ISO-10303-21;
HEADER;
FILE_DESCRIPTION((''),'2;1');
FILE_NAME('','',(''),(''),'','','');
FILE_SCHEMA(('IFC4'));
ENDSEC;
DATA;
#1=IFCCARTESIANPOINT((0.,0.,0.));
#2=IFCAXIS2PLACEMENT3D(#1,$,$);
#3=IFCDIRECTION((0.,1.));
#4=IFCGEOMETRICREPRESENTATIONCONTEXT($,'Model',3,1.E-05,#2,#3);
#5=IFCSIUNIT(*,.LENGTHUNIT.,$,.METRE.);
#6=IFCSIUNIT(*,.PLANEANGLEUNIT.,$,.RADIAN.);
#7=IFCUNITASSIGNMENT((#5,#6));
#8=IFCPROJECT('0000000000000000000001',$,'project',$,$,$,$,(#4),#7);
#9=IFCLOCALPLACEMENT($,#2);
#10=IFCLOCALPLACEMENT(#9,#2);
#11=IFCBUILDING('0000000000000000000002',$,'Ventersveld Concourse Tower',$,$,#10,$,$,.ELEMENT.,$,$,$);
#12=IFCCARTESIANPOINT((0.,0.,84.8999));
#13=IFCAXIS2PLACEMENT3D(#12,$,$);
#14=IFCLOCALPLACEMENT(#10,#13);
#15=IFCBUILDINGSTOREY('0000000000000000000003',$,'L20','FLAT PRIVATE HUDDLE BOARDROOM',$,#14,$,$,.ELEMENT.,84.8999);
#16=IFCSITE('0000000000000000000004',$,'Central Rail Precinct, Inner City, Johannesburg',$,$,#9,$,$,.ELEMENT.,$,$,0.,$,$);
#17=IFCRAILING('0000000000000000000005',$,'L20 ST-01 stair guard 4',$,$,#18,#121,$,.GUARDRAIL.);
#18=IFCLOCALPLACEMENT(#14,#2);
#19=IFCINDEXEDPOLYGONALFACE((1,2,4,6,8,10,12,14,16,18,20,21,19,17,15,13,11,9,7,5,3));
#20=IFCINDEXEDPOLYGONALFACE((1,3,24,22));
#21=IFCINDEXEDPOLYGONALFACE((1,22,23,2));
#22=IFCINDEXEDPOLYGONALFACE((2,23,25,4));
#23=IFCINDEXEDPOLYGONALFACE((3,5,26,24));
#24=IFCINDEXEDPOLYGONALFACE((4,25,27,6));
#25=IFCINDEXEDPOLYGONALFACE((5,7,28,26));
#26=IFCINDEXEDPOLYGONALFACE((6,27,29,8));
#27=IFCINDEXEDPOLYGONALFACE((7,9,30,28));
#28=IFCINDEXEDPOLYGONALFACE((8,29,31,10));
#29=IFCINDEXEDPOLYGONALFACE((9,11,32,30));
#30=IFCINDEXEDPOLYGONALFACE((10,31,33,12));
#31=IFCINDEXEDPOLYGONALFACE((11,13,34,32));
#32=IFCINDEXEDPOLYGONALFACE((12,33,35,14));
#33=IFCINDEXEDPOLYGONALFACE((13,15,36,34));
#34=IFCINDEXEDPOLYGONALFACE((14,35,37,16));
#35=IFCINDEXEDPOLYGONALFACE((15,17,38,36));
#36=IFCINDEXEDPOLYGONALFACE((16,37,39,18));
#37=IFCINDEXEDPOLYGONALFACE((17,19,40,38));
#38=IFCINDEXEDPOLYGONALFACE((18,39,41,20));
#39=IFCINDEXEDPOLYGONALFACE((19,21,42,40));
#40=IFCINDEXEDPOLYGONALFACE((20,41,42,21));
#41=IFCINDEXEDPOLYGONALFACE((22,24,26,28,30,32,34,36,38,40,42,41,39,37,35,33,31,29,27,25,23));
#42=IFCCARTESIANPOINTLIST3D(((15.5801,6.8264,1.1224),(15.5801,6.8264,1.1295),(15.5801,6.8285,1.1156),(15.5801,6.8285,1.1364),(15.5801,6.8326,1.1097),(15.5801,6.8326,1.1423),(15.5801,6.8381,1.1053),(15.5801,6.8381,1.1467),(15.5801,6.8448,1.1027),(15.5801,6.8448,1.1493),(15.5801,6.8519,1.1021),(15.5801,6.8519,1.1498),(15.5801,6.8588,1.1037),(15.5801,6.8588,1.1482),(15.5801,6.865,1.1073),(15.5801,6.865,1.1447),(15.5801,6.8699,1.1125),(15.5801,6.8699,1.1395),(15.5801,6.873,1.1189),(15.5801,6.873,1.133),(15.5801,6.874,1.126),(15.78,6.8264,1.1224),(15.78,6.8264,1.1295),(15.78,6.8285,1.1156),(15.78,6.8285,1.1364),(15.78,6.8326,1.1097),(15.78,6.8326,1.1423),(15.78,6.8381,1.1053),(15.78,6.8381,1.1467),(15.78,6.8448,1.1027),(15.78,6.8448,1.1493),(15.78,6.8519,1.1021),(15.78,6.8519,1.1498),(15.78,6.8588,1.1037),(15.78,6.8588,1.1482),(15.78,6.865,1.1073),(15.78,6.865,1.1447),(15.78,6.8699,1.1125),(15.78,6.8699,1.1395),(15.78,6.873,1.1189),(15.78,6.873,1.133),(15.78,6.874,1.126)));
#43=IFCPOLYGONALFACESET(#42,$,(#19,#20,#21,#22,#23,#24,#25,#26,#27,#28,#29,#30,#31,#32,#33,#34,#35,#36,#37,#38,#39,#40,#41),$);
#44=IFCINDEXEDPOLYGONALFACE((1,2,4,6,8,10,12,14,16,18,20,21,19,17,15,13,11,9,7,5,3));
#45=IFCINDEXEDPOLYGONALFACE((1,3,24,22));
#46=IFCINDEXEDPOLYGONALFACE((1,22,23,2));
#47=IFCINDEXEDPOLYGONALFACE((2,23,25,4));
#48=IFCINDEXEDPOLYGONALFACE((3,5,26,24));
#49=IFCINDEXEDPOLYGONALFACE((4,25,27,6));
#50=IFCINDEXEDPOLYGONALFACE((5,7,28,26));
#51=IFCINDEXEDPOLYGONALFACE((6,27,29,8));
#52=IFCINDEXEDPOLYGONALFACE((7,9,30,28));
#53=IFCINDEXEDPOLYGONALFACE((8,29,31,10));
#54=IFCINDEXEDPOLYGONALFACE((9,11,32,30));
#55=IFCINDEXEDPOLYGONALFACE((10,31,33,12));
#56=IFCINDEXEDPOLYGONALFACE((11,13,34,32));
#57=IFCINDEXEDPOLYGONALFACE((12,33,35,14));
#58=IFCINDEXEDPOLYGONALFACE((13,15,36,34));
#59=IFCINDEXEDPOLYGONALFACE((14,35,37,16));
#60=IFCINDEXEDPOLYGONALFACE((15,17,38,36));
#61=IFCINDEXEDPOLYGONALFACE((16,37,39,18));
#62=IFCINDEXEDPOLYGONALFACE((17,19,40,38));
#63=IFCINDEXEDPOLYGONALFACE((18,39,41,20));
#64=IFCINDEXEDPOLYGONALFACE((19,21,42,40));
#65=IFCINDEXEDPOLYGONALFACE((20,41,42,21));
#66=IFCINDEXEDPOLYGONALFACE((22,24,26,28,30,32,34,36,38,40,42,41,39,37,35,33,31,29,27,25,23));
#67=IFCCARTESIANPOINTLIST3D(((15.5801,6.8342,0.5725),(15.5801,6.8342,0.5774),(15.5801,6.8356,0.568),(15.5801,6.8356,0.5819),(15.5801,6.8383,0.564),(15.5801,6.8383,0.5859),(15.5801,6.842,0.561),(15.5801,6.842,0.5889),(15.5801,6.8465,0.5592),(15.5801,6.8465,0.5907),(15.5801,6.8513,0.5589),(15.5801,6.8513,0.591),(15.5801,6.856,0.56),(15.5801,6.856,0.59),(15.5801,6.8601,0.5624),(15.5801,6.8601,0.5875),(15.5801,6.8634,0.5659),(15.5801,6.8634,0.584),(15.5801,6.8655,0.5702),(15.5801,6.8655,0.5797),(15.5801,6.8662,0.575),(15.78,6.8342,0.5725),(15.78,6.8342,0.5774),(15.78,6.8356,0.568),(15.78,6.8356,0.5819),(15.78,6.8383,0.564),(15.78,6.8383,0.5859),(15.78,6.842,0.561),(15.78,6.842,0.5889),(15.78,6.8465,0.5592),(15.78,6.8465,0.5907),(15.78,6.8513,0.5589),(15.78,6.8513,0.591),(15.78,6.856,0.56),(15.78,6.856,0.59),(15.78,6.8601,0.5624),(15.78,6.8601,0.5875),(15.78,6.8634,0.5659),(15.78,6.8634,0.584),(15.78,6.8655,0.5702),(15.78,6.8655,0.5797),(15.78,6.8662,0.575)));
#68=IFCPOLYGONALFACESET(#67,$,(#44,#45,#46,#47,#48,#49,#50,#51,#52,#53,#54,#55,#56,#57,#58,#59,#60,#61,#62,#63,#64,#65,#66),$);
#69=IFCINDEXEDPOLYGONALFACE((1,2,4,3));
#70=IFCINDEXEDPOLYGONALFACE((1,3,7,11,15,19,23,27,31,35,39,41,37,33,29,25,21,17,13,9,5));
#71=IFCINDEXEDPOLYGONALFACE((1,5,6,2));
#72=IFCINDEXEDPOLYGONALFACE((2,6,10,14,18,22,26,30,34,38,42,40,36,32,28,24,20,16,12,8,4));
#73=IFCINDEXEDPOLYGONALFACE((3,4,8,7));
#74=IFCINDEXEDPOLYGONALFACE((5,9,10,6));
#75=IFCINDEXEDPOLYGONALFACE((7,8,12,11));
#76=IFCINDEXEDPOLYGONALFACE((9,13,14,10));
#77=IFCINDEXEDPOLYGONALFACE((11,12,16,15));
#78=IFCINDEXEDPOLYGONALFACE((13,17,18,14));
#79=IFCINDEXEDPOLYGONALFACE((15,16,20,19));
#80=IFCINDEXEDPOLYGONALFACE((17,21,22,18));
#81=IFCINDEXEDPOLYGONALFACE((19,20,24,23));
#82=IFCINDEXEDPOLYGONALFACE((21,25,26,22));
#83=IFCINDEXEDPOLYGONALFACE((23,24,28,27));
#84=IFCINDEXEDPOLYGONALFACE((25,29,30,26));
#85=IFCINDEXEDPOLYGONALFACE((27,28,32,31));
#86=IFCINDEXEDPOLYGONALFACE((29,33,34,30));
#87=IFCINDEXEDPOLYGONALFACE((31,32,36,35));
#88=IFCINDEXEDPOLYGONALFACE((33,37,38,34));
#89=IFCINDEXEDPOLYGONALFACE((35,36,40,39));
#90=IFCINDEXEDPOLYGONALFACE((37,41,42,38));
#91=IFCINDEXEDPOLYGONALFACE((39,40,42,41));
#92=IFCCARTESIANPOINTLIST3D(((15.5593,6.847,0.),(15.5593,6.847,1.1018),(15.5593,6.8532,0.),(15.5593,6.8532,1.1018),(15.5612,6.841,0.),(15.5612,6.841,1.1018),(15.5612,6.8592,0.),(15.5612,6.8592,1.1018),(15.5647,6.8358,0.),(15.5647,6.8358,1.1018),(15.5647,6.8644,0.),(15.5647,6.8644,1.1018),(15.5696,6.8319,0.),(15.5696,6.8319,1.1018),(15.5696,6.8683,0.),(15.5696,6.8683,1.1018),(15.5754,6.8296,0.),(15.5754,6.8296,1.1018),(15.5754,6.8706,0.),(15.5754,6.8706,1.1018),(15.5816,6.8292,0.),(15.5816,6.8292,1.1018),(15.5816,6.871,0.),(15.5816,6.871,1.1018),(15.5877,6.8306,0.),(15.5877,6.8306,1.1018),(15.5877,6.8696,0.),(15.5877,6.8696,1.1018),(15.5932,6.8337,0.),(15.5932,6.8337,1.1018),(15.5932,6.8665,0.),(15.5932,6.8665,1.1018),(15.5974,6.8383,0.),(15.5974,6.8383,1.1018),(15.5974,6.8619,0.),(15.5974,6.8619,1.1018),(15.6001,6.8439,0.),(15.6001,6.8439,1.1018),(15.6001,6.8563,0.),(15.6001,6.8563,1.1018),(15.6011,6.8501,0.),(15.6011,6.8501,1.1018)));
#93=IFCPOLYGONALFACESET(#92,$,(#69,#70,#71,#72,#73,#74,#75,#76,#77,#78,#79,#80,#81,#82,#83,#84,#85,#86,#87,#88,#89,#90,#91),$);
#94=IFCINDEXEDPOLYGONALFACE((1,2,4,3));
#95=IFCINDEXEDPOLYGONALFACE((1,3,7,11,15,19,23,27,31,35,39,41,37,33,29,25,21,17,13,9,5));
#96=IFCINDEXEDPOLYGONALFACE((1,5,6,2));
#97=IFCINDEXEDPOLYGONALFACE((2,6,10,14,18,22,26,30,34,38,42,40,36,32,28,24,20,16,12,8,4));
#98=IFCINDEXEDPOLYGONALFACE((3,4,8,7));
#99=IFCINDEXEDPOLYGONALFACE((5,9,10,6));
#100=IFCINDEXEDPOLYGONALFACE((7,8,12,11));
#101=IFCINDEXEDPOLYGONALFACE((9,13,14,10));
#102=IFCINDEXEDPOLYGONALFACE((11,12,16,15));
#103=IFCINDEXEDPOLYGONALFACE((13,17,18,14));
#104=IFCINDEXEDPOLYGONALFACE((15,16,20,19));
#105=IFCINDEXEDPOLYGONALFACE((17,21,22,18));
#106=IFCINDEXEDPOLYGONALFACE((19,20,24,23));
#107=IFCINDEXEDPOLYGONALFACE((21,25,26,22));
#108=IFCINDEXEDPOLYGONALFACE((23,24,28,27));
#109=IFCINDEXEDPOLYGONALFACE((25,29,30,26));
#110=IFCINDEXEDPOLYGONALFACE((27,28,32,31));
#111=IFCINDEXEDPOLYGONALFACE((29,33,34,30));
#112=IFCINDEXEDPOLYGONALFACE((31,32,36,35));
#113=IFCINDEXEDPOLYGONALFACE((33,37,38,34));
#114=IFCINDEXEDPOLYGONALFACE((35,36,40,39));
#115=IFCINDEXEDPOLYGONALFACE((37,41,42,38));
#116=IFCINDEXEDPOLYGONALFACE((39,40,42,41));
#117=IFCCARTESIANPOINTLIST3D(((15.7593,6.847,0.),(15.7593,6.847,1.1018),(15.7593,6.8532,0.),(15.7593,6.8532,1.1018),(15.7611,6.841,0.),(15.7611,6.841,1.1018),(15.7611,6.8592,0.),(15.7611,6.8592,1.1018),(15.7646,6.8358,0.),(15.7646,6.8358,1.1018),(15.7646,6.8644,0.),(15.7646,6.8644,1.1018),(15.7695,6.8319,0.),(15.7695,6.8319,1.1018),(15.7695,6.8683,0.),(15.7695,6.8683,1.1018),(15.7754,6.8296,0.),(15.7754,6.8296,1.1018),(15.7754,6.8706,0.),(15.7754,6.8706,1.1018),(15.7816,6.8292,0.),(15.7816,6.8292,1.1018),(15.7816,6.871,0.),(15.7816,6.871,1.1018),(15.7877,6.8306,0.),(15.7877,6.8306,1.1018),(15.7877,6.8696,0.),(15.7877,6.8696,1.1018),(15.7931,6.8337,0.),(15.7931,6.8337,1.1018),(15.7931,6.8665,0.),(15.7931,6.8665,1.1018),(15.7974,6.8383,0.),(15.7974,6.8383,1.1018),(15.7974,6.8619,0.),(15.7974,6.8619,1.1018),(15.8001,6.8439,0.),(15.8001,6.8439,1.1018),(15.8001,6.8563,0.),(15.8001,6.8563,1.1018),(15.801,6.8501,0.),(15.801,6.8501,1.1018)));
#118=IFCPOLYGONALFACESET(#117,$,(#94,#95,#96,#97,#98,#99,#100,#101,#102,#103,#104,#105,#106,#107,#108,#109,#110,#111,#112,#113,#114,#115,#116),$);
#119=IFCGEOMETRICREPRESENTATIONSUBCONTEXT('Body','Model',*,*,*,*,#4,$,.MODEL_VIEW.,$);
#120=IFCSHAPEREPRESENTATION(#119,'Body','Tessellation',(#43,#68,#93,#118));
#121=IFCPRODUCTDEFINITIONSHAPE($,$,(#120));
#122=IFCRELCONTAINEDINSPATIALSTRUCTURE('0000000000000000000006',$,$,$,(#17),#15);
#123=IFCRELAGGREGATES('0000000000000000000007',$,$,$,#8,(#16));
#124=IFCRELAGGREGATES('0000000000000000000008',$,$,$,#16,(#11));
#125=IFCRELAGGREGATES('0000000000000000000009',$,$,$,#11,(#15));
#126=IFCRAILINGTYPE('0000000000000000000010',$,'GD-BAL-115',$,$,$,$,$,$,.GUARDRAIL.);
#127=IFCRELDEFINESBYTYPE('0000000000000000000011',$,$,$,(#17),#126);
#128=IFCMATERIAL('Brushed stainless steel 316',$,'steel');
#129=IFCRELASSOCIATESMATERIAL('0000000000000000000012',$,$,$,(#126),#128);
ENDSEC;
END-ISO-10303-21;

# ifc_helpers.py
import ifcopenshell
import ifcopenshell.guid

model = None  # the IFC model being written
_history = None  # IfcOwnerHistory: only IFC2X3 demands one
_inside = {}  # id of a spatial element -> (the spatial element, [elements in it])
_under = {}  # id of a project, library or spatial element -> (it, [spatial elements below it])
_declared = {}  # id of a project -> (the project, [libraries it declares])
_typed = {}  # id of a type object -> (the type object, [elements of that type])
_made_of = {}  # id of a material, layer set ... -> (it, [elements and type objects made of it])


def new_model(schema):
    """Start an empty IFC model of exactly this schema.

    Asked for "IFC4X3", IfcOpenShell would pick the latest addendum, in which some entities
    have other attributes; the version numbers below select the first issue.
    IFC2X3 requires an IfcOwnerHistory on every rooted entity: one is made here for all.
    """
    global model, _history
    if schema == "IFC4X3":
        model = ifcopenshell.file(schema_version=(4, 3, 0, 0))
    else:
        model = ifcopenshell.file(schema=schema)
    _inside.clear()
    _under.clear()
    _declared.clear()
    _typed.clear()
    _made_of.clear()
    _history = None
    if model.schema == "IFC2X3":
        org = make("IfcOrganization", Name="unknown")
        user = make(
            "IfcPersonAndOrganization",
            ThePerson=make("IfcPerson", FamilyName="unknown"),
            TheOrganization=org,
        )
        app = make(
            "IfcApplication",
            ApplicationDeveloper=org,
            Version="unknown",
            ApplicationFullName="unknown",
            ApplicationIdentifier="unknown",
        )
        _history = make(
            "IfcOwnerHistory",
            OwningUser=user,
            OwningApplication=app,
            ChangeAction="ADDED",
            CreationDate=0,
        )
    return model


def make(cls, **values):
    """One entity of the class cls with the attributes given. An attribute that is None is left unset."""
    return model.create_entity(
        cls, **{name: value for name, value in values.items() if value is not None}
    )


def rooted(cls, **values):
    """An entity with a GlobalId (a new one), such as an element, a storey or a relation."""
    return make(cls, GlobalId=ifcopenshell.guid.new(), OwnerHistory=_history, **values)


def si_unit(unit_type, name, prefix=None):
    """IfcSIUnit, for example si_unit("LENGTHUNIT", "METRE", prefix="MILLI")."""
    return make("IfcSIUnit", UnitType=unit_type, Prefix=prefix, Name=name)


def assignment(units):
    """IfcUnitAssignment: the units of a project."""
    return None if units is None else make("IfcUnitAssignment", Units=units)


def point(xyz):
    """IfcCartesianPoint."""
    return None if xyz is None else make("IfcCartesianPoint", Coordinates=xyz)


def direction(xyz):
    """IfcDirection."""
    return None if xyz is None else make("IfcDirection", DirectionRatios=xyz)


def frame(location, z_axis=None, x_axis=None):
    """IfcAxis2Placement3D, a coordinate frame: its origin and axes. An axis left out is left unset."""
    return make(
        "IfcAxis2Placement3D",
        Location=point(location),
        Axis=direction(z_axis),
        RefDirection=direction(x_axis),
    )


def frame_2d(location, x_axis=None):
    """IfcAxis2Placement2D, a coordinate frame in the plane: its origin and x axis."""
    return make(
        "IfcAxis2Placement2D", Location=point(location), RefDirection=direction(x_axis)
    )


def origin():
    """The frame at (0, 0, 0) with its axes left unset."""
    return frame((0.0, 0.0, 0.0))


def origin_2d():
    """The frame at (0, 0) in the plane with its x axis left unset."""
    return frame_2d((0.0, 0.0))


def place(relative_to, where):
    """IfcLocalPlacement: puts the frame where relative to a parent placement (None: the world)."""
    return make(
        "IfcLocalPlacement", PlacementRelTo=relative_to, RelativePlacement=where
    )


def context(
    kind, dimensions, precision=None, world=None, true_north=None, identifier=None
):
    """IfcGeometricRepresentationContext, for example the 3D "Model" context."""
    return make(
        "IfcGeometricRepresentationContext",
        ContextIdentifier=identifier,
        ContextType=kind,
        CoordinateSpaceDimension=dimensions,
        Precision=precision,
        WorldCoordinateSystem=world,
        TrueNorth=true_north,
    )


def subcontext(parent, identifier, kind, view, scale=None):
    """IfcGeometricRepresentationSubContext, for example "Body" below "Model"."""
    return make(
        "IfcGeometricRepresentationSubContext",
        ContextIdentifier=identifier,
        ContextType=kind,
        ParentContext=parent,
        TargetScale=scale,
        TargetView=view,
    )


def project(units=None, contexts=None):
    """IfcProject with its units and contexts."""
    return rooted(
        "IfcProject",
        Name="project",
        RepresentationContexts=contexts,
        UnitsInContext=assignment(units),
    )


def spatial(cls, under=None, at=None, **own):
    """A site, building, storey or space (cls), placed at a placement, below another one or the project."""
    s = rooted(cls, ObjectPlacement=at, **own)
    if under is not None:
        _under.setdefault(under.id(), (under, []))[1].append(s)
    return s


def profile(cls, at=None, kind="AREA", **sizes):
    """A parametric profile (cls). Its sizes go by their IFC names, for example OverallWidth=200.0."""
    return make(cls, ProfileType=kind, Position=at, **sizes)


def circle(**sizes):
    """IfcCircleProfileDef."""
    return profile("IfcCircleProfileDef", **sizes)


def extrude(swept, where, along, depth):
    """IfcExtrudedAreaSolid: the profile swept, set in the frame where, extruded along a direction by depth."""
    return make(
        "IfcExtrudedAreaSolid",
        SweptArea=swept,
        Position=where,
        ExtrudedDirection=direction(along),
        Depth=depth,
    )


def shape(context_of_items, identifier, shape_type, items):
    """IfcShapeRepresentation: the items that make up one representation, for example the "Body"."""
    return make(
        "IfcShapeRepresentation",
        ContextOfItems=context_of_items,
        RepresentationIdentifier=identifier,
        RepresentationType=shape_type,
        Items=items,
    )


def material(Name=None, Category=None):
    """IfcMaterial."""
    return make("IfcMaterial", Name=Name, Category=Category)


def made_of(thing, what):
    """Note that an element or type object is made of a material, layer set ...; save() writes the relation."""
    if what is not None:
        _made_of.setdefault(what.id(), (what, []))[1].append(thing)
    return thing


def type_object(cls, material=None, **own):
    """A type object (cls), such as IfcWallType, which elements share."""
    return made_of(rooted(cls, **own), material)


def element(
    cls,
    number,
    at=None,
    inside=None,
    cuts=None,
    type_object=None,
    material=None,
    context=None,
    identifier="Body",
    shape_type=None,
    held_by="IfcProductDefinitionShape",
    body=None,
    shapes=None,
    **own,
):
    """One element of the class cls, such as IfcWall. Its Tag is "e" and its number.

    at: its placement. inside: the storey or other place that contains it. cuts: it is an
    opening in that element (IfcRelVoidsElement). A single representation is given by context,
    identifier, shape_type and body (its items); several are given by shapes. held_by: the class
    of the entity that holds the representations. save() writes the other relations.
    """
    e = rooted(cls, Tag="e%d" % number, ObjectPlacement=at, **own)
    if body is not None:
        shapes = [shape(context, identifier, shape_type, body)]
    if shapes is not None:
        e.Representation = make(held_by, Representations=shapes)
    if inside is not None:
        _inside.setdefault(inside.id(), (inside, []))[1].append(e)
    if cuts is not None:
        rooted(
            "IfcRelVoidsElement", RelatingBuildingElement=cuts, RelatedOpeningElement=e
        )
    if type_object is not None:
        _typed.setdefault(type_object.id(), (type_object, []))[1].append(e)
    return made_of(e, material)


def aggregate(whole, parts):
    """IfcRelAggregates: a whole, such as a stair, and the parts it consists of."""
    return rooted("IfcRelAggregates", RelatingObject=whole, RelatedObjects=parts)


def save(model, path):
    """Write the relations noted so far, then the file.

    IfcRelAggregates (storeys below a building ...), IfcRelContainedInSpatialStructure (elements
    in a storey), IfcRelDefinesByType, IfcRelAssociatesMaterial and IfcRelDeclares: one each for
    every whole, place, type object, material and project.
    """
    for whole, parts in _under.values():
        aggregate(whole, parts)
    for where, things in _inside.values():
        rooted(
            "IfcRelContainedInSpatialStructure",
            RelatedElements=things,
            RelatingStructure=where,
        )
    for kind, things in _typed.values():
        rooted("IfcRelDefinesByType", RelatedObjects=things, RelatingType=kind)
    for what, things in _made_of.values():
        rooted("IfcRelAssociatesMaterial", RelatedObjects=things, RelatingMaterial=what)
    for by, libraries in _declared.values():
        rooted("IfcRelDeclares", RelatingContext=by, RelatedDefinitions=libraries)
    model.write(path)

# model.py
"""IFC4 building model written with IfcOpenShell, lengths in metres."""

from ifc_helpers import new_model, si_unit, direction, frame, origin, origin_2d, place, context, subcontext, project, spatial, circle, extrude, material, type_object, element, save


model = new_model("IFC4")

# Units and contexts
model_context = context("Model", 3, precision=1e-05, world=origin(), true_north=direction((0.0, 1.0)))
body_context = subcontext(model_context, "Body", "Model", "MODEL_VIEW")
ifc_project = project(units=[si_unit("LENGTHUNIT", "METRE"), si_unit("PLANEANGLEUNIT", "RADIAN")], contexts=[model_context])

# Site, building, storey
site_placement = place(None, origin())
site = spatial("IfcSite", under=ifc_project, at=site_placement, Name="Central Rail Precinct, Inner City, Johannesburg", CompositionType="ELEMENT", RefElevation=0.0)
building_placement = place(site_placement, origin())
building = spatial("IfcBuilding", under=site, at=building_placement, Name="Ventersveld Concourse Tower", CompositionType="ELEMENT")
storey_placement = place(building_placement, frame((0.0, 0.0, 84.8999)))
storey = spatial("IfcBuildingStorey", under=building, at=storey_placement, Name="L20", Description="FLAT PRIVATE HUDDLE BOARDROOM", CompositionType="ELEMENT", Elevation=84.8999)

# Railing
ifc_material_1 = material(Name="Brushed stainless steel 316", Category="steel")
railing_type_1 = type_object("IfcRailingType", Name="GD-BAL-115", PredefinedType="GUARDRAIL", material=ifc_material_1)
railing_1_placement = place(storey_placement, frame((15.5801, 6.8501, 0.0)))
element("IfcRailing", 1, at=railing_1_placement, inside=storey, type_object=railing_type_1, Name="L20 ST-01 stair guard 4", PredefinedType="GUARDRAIL", context=body_context, shape_type="SweptSolid", body=[
    extrude(circle(Radius=0.0239, at=origin_2d()), frame((0.0, 0.0, 1.126), z_axis=(1.0, 0.0, 0.0), x_axis=(0.0, 1.0, 0.0)), (0.0, 0.0, 1.0), 0.2),
    extrude(circle(Radius=0.0161, at=origin_2d()), frame((0.0, 0.0, 0.575), z_axis=(1.0, 0.0, 0.0), x_axis=(0.0, 1.0, 0.0)), (0.0, 0.0, 1.0), 0.2),
    extrude(circle(Radius=0.021, at=origin_2d()), origin(), (0.0, 0.0, 1.0), 1.1018),
    extrude(circle(Radius=0.021, at=origin_2d()), frame((0.2, 0.0, 0.0)), (0.0, 0.0, 1.0), 1.1018),
])

save(model, "model.ifc")
